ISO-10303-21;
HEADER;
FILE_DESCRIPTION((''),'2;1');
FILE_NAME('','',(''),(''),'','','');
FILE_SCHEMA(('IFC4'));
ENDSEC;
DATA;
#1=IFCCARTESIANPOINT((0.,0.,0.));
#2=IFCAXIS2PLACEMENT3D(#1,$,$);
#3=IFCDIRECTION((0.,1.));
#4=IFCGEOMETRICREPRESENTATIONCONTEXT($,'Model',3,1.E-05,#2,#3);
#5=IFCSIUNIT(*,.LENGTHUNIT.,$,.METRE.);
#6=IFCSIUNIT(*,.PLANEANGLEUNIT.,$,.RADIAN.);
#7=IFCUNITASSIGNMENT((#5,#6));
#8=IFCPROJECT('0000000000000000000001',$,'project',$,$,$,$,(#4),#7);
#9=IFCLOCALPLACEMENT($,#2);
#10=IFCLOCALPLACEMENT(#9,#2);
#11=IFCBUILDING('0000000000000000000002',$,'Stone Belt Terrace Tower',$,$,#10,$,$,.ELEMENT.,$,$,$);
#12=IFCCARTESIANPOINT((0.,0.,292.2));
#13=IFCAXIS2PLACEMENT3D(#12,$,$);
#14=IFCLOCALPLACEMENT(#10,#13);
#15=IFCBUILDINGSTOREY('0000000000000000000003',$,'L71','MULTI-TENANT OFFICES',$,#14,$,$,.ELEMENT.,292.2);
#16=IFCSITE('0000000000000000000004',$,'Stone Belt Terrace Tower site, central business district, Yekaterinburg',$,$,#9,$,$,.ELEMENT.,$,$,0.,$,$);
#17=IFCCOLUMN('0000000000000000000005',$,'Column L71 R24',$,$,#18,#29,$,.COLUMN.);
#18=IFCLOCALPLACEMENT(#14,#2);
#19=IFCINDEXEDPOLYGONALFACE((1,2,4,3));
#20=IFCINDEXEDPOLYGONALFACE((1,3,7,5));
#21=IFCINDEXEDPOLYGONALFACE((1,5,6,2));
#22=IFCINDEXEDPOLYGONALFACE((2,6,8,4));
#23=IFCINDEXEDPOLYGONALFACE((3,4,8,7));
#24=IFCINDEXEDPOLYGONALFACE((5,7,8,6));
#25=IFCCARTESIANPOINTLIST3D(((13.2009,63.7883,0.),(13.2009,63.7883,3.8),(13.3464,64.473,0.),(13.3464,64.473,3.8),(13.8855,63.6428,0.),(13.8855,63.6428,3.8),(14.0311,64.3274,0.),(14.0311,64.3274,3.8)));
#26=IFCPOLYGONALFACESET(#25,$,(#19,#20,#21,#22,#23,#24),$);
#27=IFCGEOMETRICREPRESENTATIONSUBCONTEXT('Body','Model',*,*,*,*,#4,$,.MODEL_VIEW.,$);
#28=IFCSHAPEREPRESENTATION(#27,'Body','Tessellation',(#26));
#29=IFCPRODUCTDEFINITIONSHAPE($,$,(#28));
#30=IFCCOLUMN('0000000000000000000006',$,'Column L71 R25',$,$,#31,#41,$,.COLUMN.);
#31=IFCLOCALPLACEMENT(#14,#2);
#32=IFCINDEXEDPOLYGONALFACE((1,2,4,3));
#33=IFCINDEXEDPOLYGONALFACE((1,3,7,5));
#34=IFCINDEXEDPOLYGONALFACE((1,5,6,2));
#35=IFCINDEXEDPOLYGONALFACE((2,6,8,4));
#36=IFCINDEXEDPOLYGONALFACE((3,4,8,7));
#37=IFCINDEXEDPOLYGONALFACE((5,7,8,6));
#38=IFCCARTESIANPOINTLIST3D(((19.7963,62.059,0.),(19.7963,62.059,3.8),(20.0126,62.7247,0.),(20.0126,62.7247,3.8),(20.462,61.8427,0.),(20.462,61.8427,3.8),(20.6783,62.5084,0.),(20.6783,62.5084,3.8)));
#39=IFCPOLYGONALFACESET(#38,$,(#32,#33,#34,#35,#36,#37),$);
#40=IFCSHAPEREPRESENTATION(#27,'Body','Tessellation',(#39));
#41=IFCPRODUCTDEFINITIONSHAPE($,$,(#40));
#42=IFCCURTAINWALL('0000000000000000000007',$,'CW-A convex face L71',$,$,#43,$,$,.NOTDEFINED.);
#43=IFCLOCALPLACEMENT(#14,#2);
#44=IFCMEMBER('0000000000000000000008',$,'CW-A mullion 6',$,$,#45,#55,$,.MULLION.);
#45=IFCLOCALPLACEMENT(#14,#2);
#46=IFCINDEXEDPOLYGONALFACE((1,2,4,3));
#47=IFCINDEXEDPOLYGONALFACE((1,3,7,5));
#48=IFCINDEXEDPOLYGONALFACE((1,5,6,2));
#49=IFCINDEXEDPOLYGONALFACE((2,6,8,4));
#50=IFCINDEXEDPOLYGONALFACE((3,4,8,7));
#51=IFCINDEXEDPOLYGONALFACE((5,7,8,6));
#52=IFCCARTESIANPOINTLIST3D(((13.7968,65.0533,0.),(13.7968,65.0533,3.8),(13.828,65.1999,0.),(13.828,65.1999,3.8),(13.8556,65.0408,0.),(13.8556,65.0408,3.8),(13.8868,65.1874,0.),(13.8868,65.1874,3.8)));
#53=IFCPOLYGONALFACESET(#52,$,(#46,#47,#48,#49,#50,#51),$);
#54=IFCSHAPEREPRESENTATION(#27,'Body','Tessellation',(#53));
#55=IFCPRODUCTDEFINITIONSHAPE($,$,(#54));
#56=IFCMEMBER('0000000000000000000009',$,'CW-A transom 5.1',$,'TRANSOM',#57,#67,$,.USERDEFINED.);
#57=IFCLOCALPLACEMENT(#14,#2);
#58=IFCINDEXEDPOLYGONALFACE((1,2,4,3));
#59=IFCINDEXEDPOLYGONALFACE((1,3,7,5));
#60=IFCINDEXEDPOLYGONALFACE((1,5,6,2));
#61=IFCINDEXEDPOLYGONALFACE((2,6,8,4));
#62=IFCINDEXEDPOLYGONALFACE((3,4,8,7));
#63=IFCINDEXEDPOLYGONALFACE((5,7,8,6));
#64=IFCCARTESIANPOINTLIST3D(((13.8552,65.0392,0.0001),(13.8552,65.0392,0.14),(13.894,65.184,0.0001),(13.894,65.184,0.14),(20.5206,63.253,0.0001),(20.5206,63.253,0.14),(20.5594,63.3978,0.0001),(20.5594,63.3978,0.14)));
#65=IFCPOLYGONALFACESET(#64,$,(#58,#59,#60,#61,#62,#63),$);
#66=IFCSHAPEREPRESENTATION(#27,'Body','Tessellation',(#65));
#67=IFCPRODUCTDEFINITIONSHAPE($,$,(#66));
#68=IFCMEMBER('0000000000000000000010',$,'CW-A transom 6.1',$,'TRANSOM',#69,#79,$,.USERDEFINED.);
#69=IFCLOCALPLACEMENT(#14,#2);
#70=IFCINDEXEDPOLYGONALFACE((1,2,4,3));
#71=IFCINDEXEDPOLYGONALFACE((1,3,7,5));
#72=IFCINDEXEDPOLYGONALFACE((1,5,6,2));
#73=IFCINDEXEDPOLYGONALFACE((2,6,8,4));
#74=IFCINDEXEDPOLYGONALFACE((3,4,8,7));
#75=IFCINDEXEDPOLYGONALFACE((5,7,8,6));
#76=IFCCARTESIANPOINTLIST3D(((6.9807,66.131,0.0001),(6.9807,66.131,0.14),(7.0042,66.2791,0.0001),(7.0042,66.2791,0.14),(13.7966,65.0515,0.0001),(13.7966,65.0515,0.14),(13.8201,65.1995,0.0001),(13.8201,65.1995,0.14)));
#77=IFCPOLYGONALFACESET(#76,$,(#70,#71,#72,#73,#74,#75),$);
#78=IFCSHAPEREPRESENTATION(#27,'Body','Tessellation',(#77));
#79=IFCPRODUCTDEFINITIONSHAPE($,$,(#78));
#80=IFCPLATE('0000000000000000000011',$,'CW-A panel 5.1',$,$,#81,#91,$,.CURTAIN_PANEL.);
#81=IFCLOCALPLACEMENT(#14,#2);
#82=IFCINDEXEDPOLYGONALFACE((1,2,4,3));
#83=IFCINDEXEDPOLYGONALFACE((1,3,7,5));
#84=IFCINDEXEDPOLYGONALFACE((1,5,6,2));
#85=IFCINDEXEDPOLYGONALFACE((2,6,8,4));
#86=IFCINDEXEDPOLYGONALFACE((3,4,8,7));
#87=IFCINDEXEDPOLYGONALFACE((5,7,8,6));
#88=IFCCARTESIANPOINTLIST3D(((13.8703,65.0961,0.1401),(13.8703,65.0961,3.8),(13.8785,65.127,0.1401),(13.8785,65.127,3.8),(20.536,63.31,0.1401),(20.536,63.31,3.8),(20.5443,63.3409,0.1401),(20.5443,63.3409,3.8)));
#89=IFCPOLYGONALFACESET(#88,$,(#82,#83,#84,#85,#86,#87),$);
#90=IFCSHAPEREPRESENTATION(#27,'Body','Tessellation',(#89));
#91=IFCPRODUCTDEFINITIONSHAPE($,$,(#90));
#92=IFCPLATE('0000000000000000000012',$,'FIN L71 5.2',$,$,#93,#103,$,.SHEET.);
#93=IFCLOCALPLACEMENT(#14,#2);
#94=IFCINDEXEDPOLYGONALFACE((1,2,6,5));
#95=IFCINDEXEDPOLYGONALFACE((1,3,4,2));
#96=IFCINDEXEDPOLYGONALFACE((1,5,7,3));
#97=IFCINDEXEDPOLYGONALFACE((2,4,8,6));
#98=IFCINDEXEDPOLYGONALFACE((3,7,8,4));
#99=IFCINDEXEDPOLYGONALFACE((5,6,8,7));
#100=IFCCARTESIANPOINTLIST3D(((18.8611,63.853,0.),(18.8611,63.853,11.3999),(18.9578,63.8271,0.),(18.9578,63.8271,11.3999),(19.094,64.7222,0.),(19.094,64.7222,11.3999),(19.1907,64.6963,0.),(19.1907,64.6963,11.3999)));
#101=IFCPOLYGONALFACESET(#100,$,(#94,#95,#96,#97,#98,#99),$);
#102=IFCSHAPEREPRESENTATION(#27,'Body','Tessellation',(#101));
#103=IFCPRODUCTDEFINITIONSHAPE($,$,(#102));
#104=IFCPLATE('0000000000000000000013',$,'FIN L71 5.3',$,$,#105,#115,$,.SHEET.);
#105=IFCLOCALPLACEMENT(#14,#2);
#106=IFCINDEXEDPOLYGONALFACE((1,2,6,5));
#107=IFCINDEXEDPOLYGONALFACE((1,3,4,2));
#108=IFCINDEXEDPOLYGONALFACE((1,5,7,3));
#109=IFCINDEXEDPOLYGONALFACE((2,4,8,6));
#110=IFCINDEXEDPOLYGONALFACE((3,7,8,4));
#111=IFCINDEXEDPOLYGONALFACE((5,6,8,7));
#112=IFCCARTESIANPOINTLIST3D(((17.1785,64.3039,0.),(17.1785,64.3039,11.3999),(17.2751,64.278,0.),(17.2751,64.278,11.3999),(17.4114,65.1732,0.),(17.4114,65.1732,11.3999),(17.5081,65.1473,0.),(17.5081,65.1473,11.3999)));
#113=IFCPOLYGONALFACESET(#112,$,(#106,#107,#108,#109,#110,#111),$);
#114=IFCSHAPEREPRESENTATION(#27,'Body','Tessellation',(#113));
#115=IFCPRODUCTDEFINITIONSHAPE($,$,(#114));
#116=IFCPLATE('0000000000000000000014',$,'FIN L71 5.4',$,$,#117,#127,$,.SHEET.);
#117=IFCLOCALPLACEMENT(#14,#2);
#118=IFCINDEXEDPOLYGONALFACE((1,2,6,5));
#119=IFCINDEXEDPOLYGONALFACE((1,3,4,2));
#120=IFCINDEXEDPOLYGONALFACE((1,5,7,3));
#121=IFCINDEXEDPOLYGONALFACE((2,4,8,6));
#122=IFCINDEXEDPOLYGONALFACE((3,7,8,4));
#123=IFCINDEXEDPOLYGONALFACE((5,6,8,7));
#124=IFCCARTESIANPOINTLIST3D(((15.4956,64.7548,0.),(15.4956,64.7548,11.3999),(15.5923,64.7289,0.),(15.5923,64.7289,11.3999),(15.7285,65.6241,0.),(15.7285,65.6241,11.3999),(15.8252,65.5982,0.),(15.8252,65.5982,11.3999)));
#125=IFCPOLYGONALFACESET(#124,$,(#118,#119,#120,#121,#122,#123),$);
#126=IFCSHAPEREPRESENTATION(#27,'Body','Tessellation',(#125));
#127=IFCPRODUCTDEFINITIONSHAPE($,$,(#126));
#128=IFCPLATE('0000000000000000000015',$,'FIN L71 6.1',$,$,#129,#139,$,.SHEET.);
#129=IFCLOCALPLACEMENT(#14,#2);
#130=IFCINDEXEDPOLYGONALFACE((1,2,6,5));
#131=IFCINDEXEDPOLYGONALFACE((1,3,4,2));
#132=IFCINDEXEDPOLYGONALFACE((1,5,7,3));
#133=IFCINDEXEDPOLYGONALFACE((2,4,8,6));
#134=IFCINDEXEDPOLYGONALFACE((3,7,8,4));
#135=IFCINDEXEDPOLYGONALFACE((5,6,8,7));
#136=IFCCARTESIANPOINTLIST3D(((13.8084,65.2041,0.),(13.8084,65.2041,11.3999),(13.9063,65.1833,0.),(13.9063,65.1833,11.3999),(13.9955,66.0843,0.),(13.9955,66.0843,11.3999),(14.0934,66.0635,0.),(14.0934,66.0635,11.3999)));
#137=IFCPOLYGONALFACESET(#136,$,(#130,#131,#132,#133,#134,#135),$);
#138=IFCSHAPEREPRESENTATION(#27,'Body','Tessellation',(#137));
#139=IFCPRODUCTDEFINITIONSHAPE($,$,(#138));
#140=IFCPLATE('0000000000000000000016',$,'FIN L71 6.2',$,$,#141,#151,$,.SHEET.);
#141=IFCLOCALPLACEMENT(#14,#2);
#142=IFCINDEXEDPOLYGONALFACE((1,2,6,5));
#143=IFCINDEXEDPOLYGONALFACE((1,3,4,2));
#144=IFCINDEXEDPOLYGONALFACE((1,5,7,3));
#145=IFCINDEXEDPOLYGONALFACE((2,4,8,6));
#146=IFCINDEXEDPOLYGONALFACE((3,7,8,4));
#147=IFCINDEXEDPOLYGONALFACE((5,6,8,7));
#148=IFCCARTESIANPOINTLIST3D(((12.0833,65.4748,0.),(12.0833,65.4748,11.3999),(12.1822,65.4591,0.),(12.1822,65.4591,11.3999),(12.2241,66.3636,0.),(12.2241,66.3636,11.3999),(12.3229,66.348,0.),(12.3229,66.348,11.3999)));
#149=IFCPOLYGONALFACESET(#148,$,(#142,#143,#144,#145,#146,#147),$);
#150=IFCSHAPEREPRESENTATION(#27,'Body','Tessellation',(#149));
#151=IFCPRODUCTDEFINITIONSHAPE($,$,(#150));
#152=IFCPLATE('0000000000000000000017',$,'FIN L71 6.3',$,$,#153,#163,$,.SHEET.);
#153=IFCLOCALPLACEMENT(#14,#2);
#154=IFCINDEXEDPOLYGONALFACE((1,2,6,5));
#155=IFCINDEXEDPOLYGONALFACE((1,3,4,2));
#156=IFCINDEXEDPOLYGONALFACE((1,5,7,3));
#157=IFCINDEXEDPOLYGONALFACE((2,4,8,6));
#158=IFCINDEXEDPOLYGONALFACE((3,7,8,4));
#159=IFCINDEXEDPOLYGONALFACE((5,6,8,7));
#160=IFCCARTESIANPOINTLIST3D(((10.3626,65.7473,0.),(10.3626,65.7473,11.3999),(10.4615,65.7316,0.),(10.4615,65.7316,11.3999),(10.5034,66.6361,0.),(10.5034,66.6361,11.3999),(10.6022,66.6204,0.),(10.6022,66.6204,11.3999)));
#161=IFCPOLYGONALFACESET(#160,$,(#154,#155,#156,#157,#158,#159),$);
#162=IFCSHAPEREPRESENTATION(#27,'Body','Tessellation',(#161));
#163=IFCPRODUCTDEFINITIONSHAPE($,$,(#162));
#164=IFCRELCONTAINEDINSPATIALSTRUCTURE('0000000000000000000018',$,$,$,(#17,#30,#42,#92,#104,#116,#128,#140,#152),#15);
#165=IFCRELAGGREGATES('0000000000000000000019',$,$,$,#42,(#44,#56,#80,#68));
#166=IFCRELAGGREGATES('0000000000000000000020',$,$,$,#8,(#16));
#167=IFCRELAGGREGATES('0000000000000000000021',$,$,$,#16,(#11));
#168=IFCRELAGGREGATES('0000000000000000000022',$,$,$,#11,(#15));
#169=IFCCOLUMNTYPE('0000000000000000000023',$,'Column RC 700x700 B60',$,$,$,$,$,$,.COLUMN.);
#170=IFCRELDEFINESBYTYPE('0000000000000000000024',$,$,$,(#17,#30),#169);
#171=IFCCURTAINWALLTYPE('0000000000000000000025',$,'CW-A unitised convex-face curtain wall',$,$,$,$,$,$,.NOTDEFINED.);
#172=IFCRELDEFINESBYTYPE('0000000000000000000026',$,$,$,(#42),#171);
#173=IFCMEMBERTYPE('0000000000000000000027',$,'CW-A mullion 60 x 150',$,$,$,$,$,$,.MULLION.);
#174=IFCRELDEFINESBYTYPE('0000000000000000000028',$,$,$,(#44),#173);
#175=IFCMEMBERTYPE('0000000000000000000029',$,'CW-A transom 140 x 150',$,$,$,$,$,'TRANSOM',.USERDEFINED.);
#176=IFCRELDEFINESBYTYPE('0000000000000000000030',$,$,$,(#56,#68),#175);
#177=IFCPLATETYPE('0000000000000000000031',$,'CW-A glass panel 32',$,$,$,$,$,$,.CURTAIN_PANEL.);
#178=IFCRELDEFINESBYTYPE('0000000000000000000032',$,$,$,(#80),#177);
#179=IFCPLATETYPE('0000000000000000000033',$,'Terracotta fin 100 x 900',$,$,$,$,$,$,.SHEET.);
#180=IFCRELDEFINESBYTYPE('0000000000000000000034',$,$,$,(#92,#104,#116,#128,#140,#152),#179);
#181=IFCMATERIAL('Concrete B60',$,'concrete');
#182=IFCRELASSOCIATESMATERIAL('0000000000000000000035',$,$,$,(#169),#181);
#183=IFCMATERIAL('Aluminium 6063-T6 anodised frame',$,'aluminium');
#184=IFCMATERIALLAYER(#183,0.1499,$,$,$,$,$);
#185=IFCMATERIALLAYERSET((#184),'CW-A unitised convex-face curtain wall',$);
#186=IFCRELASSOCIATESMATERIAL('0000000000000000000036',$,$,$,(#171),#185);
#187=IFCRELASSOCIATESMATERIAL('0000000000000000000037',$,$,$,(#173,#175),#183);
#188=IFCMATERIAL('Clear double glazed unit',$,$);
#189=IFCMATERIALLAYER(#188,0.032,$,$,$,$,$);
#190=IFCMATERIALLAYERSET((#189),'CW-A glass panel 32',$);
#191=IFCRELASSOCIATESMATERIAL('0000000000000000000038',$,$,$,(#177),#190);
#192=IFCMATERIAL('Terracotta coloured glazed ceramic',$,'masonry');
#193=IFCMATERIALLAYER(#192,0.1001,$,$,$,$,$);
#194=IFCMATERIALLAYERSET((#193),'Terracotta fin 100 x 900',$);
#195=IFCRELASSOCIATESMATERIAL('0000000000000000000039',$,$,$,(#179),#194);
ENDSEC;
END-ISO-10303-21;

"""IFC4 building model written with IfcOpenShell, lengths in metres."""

from ifc_helpers import new_model, si_unit, direction, frame, origin, origin_2d, place, context, subcontext, project, spatial, rectangle, extrude, material, layer, layer_set, material_profile, profile_set, type_object, element, aggregate, save


model = new_model("IFC4")

# Units and contexts
model_context = context("Model", 3, precision=1e-05, world=origin(), true_north=direction((0.0, 1.0)))
body_context = subcontext(model_context, "Body", "Model", "MODEL_VIEW")
ifc_project = project(units=[si_unit("LENGTHUNIT", "METRE"), si_unit("PLANEANGLEUNIT", "RADIAN")], contexts=[model_context])

# Site, building, storey
site_placement = place(None, origin())
site = spatial("IfcSite", under=ifc_project, at=site_placement, Name="Stone Belt Terrace Tower site, central business district, Yekaterinburg", CompositionType="ELEMENT", RefElevation=0.0)
building_placement = place(site_placement, origin())
building = spatial("IfcBuilding", under=site, at=building_placement, Name="Stone Belt Terrace Tower", CompositionType="ELEMENT")
storey_placement = place(building_placement, frame((0.0, 0.0, 292.2)))
storey = spatial("IfcBuildingStorey", under=building, at=storey_placement, Name="L71", Description="MULTI-TENANT OFFICES", CompositionType="ELEMENT", Elevation=292.2)

# Columns
ifc_material_1 = material(Name="Concrete B60", Category="concrete")
ifc_material_profile_1 = material_profile(ifc_material_1, rectangle(XDim=0.7, YDim=0.7, at=origin_2d()), Name="RC 700x700")
ifc_profile_set_1 = profile_set([ifc_material_profile_1], Name="Concrete B60")
column_type = type_object("IfcColumnType", Name="Column RC 700x700 B60", PredefinedType="COLUMN", material=ifc_profile_set_1)
for number, where, z_axis, x_axis, name in (
    (1, (13.616, 64.0579, 0.0), (0.0, 0.0, 1.0), (0.978148, -0.207912, 0.0), "Column L71 R24"),
    (2, (20.2373, 62.2837, 0.0), (0.0, 0.0, 1.0), (0.951057, -0.309017, 0.0), "Column L71 R25"),
):
    element("IfcColumn", number, at=place(storey_placement, frame(where, z_axis=z_axis, x_axis=x_axis)), inside=storey, type_object=column_type, Name=name, PredefinedType="COLUMN", context=body_context, shape_type="SweptSolid", body=[
        extrude(rectangle(XDim=0.7, YDim=0.7, at=origin_2d()), origin(), (0.0, 0.0, 1.0), 3.8),
    ])

# Curtain wall, members, plate
ifc_material_2 = material(Name="Aluminium 6063-T6 anodised frame", Category="aluminium")
ifc_layer_1 = layer(ifc_material_2, 0.1499)
ifc_layer_set_1 = layer_set([ifc_layer_1], Name="CW-A unitised convex-face curtain wall")
curtain_wall_type = type_object("IfcCurtainWallType", Name="CW-A unitised convex-face curtain wall", PredefinedType="NOTDEFINED", material=ifc_layer_set_1)
curtain_wall_placement = place(storey_placement, origin())
curtain_wall = element("IfcCurtainWall", 3, at=curtain_wall_placement, inside=storey, type_object=curtain_wall_type, Name="CW-A convex face L71", PredefinedType="NOTDEFINED")
ifc_material_profile_2 = material_profile(ifc_material_2, rectangle(XDim=0.1499, YDim=0.0601, at=origin_2d()), Name="Aluminium 6063-T6 60x150")
ifc_profile_set_2 = profile_set([ifc_material_profile_2], Name="Aluminium 6063-T6 anodised frame")
member_type_1 = type_object("IfcMemberType", Name="CW-A mullion 60 x 150", PredefinedType="MULLION", material=ifc_profile_set_2)
member_1_placement = place(storey_placement, frame((13.8418, 65.1204, 0.0), z_axis=(0.0, 0.0, 1.0), x_axis=(-0.207912, -0.978148, 0.0)))
member_1 = element("IfcMember", 4, at=member_1_placement, type_object=member_type_1, Name="CW-A mullion 6", PredefinedType="MULLION", context=body_context, shape_type="SweptSolid", body=[
    extrude(rectangle(XDim=0.1499, YDim=0.0601, at=origin_2d()), origin(), (0.0, 0.0, 1.0), 3.8),
])
ifc_material_profile_3 = material_profile(ifc_material_2, rectangle(XDim=0.1499, YDim=0.1399, at=origin_2d()), Name="Aluminium 6063-T6 150x140")
ifc_profile_set_3 = profile_set([ifc_material_profile_3], Name="Aluminium 6063-T6 anodised frame")
member_type_2 = type_object("IfcMemberType", Name="CW-A transom 140 x 150", ElementType="TRANSOM", PredefinedType="USERDEFINED", material=ifc_profile_set_3)
member_2_placement = place(storey_placement, frame((20.54, 63.3254, 0.0701), z_axis=(-0.965922, 0.258834, 0.0), x_axis=(-0.258834, -0.965922, 0.0)))
member_2 = element("IfcMember", 5, at=member_2_placement, type_object=member_type_2, Name="CW-A transom 5.1", ObjectType="TRANSOM", PredefinedType="USERDEFINED", context=body_context, shape_type="SweptSolid", body=[
    extrude(rectangle(XDim=0.1499, YDim=0.1399, at=origin_2d()), origin(), (0.0, 0.0, 1.0), 6.9006),
])
member_3_placement = place(storey_placement, frame((13.8083, 65.1255, 0.0701), z_axis=(-0.987687, 0.156442, 0.0), x_axis=(-0.156442, -0.987687, 0.0)))
member_3 = element("IfcMember", 6, at=member_3_placement, type_object=member_type_2, Name="CW-A transom 6.1", ObjectType="TRANSOM", PredefinedType="USERDEFINED", context=body_context, shape_type="SweptSolid", body=[
    extrude(rectangle(XDim=0.1499, YDim=0.1399, at=origin_2d()), origin(), (0.0, 0.0, 1.0), 6.9009),
])
ifc_material_3 = material(Name="Clear double glazed unit")
ifc_layer_2 = layer(ifc_material_3, 0.032)
ifc_layer_set_2 = layer_set([ifc_layer_2], Name="CW-A glass panel 32")
plate_type_1 = type_object("IfcPlateType", Name="CW-A glass panel 32", PredefinedType="CURTAIN_PANEL", material=ifc_layer_set_2)
plate_placement = place(storey_placement, frame((17.2073, 64.2185, 0.1401), z_axis=(0.0, 0.0, 1.0), x_axis=(-0.965926, 0.258819, 0.0)))
plate = element("IfcPlate", 7, at=plate_placement, type_object=plate_type_1, Name="CW-A panel 5.1", PredefinedType="CURTAIN_PANEL", context=body_context, shape_type="SweptSolid", body=[
    extrude(rectangle(XDim=6.9009, YDim=0.032, at=origin_2d()), origin(), (0.0, 0.0, 1.0), 3.6599),
])
aggregate(curtain_wall, [member_1, member_2, plate, member_3])

# Plates
ifc_material_4 = material(Name="Terracotta coloured glazed ceramic", Category="masonry")
ifc_layer_3 = layer(ifc_material_4, 0.1001)
ifc_layer_set_3 = layer_set([ifc_layer_3], Name="Terracotta fin 100 x 900")
plate_type_2 = type_object("IfcPlateType", Name="Terracotta fin 100 x 900", PredefinedType="SHEET", material=ifc_layer_set_3)
for number, where, z_axis, x_axis, name in (
    (8, (19.0259, 64.2747, 0.0), (0.0, 0.0, 1.0), (0.258819, 0.965926, 0.0), "FIN L71 5.2"),
    (9, (17.3433, 64.7256, 0.0), (0.0, 0.0, 1.0), (0.258819, 0.965926, 0.0), "FIN L71 5.3"),
    (10, (15.6604, 65.1765, 0.0), (0.0, 0.0, 1.0), (0.258819, 0.965926, 0.0), "FIN L71 5.4"),
    (11, (13.9509, 65.6338, 0.0), (0.0, 0.0, 1.0), (0.207912, 0.978148, 0.0), "FIN L71 6.1"),
    (12, (12.2031, 65.9114, 0.0), (0.0, 0.0, 1.0), (0.156434, 0.987688, 0.0), "FIN L71 6.2"),
    (13, (10.4824, 66.1838, 0.0), (0.0, 0.0, 1.0), (0.156434, 0.987688, 0.0), "FIN L71 6.3"),
):
    element("IfcPlate", number, at=place(storey_placement, frame(where, z_axis=z_axis, x_axis=x_axis)), inside=storey, type_object=plate_type_2, Name=name, PredefinedType="SHEET", context=body_context, shape_type="SweptSolid", body=[
        extrude(rectangle(XDim=0.8999, YDim=0.1001, at=origin_2d()), origin(), (0.0, 0.0, 1.0), 11.3999),
    ])

save(model, "model.ifc")
